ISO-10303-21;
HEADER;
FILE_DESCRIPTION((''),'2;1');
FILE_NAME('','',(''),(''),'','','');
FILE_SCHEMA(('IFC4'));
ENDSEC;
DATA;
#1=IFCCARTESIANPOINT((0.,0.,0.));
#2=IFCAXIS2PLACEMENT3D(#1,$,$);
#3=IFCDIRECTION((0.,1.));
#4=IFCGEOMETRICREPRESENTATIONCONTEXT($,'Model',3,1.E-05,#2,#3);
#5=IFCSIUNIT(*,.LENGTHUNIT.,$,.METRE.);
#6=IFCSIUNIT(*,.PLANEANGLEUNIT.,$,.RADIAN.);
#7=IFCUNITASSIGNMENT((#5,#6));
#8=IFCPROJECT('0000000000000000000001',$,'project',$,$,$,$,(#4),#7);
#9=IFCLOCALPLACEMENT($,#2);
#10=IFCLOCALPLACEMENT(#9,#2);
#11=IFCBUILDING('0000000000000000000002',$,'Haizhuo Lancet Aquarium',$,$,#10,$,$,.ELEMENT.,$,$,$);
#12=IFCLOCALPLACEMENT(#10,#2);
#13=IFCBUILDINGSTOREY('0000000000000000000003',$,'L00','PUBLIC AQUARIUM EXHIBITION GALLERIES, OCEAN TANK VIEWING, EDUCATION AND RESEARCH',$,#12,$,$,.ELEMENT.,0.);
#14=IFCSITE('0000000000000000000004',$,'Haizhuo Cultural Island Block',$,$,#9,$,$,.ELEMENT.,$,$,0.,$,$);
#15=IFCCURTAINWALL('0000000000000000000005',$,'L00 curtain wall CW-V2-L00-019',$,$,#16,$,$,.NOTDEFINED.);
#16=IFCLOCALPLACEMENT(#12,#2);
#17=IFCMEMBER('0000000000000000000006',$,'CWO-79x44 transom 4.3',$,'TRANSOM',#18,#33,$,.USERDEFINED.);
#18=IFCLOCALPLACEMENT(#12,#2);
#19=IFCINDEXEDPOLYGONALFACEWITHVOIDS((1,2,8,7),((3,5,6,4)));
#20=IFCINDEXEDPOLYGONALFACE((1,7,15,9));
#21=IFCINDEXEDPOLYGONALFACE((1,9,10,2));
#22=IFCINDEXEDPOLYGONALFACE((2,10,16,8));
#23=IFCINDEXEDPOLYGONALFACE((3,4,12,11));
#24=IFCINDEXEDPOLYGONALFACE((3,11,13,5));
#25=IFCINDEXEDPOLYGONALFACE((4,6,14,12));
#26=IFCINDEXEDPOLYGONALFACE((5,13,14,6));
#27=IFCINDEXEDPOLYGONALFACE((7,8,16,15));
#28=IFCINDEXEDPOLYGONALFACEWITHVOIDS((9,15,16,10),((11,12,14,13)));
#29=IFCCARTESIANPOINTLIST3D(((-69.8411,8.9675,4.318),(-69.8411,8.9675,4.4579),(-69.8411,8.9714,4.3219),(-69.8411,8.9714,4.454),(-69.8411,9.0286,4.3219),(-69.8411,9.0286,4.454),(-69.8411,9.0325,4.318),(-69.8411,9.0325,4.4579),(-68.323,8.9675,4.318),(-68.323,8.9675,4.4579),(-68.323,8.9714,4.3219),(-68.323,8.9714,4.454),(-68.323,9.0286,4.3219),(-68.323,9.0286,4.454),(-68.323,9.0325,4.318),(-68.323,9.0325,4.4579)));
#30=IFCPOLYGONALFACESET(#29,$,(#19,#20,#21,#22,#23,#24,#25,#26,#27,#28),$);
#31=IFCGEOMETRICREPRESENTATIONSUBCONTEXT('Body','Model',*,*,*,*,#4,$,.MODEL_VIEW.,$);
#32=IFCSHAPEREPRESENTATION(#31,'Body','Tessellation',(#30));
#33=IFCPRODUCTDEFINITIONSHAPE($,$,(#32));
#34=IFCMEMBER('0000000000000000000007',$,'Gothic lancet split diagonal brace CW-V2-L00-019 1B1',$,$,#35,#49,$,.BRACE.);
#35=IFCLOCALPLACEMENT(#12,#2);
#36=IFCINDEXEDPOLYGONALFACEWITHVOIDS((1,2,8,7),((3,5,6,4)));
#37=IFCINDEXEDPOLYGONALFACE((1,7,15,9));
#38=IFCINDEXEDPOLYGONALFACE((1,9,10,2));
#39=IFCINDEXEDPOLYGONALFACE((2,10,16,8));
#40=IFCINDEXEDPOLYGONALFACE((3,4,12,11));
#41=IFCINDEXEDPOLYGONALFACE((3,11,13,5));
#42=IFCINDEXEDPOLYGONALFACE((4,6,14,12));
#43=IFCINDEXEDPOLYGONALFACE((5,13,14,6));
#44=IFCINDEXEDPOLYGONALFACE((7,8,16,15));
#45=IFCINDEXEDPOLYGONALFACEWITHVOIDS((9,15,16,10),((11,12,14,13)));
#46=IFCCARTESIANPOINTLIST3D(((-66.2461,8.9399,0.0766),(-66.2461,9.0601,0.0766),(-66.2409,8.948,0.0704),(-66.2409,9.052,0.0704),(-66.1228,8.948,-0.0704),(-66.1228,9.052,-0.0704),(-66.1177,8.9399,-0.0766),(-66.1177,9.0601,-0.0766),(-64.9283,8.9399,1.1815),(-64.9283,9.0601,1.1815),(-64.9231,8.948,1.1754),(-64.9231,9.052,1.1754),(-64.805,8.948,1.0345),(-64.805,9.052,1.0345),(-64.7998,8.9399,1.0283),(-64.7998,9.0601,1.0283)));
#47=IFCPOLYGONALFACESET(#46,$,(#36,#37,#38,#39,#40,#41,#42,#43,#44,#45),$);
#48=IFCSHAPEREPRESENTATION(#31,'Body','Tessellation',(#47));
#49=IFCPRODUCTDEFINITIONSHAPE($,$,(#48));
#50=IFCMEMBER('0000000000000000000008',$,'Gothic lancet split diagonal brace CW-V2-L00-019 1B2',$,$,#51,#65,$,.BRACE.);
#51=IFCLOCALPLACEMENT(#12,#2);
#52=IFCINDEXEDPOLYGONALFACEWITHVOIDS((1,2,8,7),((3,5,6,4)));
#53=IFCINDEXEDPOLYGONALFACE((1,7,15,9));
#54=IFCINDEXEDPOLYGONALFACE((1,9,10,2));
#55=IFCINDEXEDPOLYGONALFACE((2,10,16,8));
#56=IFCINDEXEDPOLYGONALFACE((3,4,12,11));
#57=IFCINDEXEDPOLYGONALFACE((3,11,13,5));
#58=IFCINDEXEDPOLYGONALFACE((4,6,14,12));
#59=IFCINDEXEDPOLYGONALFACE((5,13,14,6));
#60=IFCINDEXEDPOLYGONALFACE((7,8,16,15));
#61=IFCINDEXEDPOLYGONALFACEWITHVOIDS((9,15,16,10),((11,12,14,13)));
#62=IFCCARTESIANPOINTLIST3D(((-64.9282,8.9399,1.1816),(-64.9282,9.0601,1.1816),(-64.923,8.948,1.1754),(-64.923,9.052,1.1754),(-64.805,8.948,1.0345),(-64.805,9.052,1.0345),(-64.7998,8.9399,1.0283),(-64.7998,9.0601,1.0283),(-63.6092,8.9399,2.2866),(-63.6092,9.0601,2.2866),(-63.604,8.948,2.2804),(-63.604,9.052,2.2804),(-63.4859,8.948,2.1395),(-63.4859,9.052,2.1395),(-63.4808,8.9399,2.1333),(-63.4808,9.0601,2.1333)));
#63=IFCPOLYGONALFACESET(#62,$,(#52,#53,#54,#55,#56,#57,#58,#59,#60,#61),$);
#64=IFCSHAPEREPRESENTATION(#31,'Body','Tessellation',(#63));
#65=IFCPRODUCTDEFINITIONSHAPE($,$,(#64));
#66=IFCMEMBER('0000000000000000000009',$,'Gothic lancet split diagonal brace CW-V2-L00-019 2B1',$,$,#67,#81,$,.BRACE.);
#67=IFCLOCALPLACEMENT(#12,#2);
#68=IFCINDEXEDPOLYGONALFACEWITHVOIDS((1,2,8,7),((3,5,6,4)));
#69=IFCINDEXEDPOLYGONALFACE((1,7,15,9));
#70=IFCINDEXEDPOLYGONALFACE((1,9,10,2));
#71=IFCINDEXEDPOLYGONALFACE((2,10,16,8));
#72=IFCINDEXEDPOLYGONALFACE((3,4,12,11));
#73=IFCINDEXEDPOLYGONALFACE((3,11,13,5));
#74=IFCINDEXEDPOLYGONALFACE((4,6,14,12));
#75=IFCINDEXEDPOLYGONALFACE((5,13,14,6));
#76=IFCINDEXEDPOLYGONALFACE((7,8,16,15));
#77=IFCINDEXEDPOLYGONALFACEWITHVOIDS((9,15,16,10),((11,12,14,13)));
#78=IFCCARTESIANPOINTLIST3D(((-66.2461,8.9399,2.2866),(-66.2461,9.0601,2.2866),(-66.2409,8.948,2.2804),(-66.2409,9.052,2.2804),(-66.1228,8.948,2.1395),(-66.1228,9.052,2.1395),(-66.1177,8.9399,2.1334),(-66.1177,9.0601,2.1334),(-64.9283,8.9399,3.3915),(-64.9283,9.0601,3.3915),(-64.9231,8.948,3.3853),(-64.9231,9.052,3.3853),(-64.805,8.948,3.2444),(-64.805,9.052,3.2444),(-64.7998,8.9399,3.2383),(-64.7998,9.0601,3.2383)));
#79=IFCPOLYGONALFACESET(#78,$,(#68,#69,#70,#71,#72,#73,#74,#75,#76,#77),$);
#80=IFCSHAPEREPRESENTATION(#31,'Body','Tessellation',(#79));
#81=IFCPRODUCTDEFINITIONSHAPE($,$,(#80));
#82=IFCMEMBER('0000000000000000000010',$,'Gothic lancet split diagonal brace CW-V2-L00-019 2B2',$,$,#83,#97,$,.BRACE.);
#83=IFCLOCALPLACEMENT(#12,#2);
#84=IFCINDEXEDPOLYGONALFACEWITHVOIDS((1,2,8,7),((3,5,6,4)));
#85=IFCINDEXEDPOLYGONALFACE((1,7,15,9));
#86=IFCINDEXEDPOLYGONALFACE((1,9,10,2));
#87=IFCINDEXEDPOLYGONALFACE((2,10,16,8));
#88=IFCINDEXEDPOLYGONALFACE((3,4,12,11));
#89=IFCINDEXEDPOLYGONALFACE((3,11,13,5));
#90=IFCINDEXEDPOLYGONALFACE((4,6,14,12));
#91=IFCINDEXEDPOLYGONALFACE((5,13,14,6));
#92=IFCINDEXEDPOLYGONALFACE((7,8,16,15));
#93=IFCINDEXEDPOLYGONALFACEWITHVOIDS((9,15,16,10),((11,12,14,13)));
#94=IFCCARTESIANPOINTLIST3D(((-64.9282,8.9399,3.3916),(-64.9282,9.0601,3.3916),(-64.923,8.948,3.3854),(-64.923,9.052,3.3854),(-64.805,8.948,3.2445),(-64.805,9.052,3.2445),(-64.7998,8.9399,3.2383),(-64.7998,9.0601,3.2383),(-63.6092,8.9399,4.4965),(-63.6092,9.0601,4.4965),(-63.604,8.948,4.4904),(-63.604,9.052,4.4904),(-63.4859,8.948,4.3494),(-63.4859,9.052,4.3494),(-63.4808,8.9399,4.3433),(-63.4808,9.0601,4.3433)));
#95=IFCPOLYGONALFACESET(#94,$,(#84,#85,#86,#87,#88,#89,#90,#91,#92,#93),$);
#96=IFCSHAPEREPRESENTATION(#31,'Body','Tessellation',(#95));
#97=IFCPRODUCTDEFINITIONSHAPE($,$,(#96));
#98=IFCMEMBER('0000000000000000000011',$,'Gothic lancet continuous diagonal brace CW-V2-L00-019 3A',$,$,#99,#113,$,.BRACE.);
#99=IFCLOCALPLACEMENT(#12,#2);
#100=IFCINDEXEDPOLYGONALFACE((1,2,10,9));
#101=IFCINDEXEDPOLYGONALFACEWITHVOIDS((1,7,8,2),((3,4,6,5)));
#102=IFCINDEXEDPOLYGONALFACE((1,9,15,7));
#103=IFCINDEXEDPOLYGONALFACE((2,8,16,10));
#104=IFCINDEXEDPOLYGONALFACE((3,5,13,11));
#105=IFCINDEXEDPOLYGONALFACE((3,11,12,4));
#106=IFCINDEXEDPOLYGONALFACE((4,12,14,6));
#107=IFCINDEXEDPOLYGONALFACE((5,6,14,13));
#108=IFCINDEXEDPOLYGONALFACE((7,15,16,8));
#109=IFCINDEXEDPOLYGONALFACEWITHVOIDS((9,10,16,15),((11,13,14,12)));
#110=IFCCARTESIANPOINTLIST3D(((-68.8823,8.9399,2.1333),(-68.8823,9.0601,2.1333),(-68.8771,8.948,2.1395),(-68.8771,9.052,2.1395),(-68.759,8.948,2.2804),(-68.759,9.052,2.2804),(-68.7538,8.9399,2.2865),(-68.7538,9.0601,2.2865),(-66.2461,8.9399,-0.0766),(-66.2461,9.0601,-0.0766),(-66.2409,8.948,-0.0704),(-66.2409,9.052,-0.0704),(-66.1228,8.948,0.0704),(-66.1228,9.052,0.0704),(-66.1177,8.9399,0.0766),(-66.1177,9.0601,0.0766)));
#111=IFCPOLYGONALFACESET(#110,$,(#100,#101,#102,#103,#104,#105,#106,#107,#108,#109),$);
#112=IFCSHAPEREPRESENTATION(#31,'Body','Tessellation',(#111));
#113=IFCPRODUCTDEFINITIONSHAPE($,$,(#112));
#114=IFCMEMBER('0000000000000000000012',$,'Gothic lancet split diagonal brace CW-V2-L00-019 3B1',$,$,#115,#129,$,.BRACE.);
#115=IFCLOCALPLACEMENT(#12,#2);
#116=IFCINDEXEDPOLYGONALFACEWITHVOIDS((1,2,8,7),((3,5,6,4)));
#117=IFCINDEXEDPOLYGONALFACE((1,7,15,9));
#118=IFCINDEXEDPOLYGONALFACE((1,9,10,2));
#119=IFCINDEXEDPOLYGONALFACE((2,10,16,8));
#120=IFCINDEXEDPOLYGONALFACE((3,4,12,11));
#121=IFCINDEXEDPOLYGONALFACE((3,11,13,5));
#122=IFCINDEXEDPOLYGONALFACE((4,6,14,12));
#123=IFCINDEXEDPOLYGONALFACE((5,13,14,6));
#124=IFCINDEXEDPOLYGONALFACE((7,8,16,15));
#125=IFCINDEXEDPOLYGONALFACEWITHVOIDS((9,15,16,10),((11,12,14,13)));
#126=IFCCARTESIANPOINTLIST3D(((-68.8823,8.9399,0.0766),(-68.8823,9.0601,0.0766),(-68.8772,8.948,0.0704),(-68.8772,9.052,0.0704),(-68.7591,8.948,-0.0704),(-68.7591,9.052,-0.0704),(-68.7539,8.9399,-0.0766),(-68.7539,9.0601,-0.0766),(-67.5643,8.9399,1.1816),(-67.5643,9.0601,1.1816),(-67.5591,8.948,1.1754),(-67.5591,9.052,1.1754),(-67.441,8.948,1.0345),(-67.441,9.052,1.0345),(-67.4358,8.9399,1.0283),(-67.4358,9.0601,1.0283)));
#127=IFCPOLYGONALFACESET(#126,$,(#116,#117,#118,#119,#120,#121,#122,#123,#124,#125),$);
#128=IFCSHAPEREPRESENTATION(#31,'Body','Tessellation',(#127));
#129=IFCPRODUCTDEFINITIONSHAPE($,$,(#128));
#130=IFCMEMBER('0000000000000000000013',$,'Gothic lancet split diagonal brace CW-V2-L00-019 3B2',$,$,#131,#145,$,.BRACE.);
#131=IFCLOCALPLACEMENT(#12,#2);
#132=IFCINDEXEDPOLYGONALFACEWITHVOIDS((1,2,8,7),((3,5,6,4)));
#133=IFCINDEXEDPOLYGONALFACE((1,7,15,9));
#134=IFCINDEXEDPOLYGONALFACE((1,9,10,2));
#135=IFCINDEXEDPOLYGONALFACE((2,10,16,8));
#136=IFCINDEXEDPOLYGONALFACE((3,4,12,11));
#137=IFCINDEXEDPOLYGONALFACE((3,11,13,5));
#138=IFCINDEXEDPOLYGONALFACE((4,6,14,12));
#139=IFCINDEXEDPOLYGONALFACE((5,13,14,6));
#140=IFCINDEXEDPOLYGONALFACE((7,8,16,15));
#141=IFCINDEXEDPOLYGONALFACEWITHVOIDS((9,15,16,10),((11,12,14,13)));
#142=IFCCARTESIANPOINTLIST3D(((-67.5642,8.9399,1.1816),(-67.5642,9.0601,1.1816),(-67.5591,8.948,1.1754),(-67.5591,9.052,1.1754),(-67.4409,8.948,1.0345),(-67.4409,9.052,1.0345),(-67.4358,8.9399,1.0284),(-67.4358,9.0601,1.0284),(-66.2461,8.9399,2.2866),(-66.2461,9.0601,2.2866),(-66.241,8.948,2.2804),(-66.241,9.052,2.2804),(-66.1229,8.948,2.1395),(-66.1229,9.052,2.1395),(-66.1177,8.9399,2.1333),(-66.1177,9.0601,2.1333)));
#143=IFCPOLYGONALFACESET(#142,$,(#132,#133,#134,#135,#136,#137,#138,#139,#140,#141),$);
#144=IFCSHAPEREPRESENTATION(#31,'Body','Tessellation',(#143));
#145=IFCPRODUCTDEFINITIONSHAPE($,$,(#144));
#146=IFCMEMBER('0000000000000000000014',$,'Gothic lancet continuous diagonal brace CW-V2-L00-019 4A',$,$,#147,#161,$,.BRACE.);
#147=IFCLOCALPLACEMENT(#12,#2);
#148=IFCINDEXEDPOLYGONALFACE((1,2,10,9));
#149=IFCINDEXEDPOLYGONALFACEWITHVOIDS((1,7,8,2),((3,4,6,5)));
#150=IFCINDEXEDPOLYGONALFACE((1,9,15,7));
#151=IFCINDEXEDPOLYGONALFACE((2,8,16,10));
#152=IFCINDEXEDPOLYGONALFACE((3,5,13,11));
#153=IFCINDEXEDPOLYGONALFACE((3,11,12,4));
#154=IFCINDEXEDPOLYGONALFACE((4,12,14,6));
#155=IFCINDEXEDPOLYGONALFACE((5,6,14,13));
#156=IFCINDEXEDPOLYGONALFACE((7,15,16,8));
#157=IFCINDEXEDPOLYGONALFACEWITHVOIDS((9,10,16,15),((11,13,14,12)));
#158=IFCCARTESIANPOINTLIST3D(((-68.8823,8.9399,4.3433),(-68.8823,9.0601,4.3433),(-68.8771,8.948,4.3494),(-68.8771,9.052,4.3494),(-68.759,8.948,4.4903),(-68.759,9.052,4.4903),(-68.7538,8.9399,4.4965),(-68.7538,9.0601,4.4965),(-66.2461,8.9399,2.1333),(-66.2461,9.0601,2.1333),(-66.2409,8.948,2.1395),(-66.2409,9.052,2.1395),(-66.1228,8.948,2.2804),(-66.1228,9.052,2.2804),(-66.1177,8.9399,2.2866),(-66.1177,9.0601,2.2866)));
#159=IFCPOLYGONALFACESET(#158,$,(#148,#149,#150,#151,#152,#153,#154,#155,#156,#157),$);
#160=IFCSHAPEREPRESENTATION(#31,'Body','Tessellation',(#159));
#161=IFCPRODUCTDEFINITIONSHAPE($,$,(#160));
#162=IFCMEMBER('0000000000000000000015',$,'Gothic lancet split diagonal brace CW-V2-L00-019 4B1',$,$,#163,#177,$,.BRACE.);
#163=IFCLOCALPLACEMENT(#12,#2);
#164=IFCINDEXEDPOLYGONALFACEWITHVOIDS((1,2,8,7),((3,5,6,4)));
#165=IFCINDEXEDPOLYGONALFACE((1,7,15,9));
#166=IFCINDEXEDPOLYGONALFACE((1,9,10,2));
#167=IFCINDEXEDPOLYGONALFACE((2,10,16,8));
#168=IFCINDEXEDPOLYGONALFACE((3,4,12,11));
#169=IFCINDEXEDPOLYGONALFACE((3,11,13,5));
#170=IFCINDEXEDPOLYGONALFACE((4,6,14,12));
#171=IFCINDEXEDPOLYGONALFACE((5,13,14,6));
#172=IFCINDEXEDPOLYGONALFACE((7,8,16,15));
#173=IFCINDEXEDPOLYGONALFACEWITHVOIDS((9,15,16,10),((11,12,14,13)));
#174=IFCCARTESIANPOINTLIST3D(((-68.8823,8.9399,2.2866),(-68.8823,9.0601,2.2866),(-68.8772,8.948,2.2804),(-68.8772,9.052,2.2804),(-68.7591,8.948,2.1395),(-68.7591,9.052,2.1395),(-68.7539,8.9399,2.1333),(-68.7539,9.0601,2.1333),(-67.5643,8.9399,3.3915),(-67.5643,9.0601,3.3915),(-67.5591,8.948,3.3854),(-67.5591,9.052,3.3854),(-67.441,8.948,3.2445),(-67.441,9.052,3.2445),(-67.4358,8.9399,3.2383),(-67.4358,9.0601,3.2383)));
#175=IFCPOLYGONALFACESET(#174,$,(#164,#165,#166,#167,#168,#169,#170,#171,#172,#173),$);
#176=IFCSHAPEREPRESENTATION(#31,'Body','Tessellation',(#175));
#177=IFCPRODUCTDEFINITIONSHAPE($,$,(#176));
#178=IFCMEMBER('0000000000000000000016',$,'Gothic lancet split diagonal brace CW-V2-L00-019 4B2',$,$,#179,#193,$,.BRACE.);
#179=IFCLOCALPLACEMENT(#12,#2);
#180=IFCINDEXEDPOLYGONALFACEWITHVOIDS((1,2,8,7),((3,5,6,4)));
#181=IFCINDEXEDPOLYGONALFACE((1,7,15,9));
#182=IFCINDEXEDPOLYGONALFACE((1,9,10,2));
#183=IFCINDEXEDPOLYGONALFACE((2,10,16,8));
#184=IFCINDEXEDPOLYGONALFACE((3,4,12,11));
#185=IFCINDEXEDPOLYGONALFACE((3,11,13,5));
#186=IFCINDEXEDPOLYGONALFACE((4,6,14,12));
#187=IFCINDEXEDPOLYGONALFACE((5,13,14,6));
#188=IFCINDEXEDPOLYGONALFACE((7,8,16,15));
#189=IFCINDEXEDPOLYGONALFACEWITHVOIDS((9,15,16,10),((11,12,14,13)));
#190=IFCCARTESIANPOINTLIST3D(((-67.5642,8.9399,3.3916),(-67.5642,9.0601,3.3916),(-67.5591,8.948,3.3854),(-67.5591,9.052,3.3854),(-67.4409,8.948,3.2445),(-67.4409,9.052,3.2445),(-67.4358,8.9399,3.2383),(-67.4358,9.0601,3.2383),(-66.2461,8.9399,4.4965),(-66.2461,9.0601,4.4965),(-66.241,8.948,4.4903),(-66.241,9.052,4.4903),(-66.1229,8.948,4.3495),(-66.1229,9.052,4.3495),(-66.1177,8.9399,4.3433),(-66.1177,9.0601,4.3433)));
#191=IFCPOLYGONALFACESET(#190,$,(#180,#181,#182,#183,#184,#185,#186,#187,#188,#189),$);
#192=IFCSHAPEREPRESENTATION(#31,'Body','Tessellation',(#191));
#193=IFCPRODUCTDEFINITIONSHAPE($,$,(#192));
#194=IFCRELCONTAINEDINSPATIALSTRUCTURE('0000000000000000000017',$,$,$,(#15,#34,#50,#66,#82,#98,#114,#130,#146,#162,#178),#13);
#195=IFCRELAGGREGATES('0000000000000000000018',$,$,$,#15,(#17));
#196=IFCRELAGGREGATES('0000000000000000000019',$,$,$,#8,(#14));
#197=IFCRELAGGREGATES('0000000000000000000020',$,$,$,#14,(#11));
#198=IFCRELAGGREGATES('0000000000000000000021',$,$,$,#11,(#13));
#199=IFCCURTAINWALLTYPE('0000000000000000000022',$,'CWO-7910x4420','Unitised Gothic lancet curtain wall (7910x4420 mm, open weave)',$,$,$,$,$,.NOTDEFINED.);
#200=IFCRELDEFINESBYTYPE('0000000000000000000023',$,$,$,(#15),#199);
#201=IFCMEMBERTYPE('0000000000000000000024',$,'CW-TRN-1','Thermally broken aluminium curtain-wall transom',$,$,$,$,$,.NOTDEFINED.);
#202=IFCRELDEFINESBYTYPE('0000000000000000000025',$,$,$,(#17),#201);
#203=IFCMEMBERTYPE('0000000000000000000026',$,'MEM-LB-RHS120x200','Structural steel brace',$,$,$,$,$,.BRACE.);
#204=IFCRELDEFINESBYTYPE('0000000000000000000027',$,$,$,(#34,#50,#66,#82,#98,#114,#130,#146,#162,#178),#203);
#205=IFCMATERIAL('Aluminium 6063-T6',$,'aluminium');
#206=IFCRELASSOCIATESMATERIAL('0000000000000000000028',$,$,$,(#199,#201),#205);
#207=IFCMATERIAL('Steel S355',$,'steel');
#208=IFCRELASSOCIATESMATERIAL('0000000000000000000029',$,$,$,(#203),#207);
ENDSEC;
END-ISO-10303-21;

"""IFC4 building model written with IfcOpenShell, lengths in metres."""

from ifc_helpers import new_model, si_unit, direction, frame, origin, origin_2d, place, context, subcontext, project, spatial, hollow_rectangle, extrude, material, material_profile, profile_set, type_object, element, aggregate, save


model = new_model("IFC4")

# Units and contexts
model_context = context("Model", 3, precision=1e-05, world=origin(), true_north=direction((0.0, 1.0)))
body_context = subcontext(model_context, "Body", "Model", "MODEL_VIEW")
ifc_project = project(units=[si_unit("LENGTHUNIT", "METRE"), si_unit("PLANEANGLEUNIT", "RADIAN")], contexts=[model_context])

# Site, building, storey
site_placement = place(None, origin())
site = spatial("IfcSite", under=ifc_project, at=site_placement, Name="Haizhuo Cultural Island Block", CompositionType="ELEMENT", RefElevation=0.0)
building_placement = place(site_placement, origin())
building = spatial("IfcBuilding", under=site, at=building_placement, Name="Haizhuo Lancet Aquarium", CompositionType="ELEMENT")
storey_placement = place(building_placement, origin())
storey = spatial("IfcBuildingStorey", under=building, at=storey_placement, Name="L00", Description="PUBLIC AQUARIUM EXHIBITION GALLERIES, OCEAN TANK VIEWING, EDUCATION AND RESEARCH", CompositionType="ELEMENT", Elevation=0.0)

# Curtain wall, member
ifc_material_1 = material(Name="Aluminium 6063-T6", Category="aluminium")
curtain_wall_type = type_object("IfcCurtainWallType", Name="CWO-7910x4420", Description="Unitised Gothic lancet curtain wall (7910x4420 mm, open weave)", PredefinedType="NOTDEFINED", material=ifc_material_1)
curtain_wall_placement = place(storey_placement, origin())
curtain_wall = element("IfcCurtainWall", 1, at=curtain_wall_placement, inside=storey, type_object=curtain_wall_type, Name="L00 curtain wall CW-V2-L00-019", PredefinedType="NOTDEFINED")
ifc_material_profile_1 = material_profile(ifc_material_1, hollow_rectangle(XDim=0.0649, YDim=0.1399, WallThickness=0.0039, at=origin_2d()), Name="ALU-T 65x140x4")
ifc_profile_set_1 = profile_set([ifc_material_profile_1], Name="Aluminium 6063-T6")
member_type_1 = type_object("IfcMemberType", Name="CW-TRN-1", Description="Thermally broken aluminium curtain-wall transom", PredefinedType="NOTDEFINED", material=ifc_profile_set_1)
member_1_placement = place(storey_placement, frame((-68.323, 9.0, 4.3879), z_axis=(-1.0, 0.0, 0.0), x_axis=(0.0, -1.0, 0.0)))
member_1 = element("IfcMember", 2, at=member_1_placement, type_object=member_type_1, Name="CWO-79x44 transom 4.3", ObjectType="TRANSOM", PredefinedType="USERDEFINED", context=body_context, shape_type="SweptSolid", body=[
    extrude(hollow_rectangle(XDim=0.0649, YDim=0.1399, WallThickness=0.0039, at=origin_2d()), origin(), (0.0, 0.0, 1.0), 1.5181),
])

# Members
ifc_material_2 = material(Name="Steel S355", Category="steel")
ifc_material_profile_2 = material_profile(ifc_material_2, hollow_rectangle(XDim=0.1201, YDim=0.2, WallThickness=0.0081, at=origin_2d()), Name="RHS 120x200x8")
ifc_profile_set_2 = profile_set([ifc_material_profile_2], Name="Steel S355")
member_type_2 = type_object("IfcMemberType", Name="MEM-LB-RHS120x200", Description="Structural steel brace", PredefinedType="BRACE", material=ifc_profile_set_2)
member_2_placement = place(storey_placement, frame((-66.1819, 9.0, 0.0), z_axis=(0.766286, 0.0, 0.642499), x_axis=(0.0, 1.0, 0.0)))
element("IfcMember", 3, at=member_2_placement, inside=storey, type_object=member_type_2, Name="Gothic lancet split diagonal brace CW-V2-L00-019 1B1", PredefinedType="BRACE", context=body_context, shape_type="SweptSolid", body=[
    extrude(hollow_rectangle(XDim=0.1201, YDim=0.2, WallThickness=0.0081, at=origin_2d()), origin(), (0.0, 0.0, 1.0), 1.7197),
])
member_3_placement = place(storey_placement, frame((-64.864, 9.0, 1.105), z_axis=(0.766579, 0.0, 0.64215), x_axis=(0.0, 1.0, 0.0)))
element("IfcMember", 4, at=member_3_placement, inside=storey, type_object=member_type_2, Name="Gothic lancet split diagonal brace CW-V2-L00-019 1B2", PredefinedType="BRACE", context=body_context, shape_type="SweptSolid", body=[
    extrude(hollow_rectangle(XDim=0.1201, YDim=0.2, WallThickness=0.0081, at=origin_2d()), origin(), (0.0, 0.0, 1.0), 1.7207),
])
member_4_placement = place(storey_placement, frame((-66.1819, 9.0, 2.21), z_axis=(0.766286, 0.0, 0.642499), x_axis=(0.0, 1.0, 0.0)))
element("IfcMember", 5, at=member_4_placement, inside=storey, type_object=member_type_2, Name="Gothic lancet split diagonal brace CW-V2-L00-019 2B1", PredefinedType="BRACE", context=body_context, shape_type="SweptSolid", body=[
    extrude(hollow_rectangle(XDim=0.1201, YDim=0.2, WallThickness=0.0081, at=origin_2d()), origin(), (0.0, 0.0, 1.0), 1.7197),
])
member_5_placement = place(storey_placement, frame((-64.864, 9.0, 3.3149), z_axis=(0.766579, 0.0, 0.64215), x_axis=(0.0, 1.0, 0.0)))
element("IfcMember", 6, at=member_5_placement, inside=storey, type_object=member_type_2, Name="Gothic lancet split diagonal brace CW-V2-L00-019 2B2", PredefinedType="BRACE", context=body_context, shape_type="SweptSolid", body=[
    extrude(hollow_rectangle(XDim=0.1201, YDim=0.2, WallThickness=0.0081, at=origin_2d()), origin(), (0.0, 0.0, 1.0), 1.7207),
])
member_6_placement = place(storey_placement, frame((-66.1819, 9.0, 0.0), z_axis=(-0.766345, 0.0, 0.642429), x_axis=(0.0, -1.0, 0.0)))
element("IfcMember", 7, at=member_6_placement, inside=storey, type_object=member_type_2, Name="Gothic lancet continuous diagonal brace CW-V2-L00-019 3A", PredefinedType="BRACE", context=body_context, shape_type="SweptSolid", body=[
    extrude(hollow_rectangle(XDim=0.1201, YDim=0.2, WallThickness=0.0081, at=origin_2d()), origin(), (0.0, 0.0, 1.0), 3.4399),
])
for number, where, z_axis, x_axis, name in (
    (8, (-68.8181, 9.0, 0.0), (0.766345, 0.0, 0.642429), (0.0, 1.0, 0.0), "Gothic lancet split diagonal brace CW-V2-L00-019 3B1"),
    (9, (-67.5, 9.0, 1.105), (0.766345, 0.0, 0.642429), (0.0, 1.0, 0.0), "Gothic lancet split diagonal brace CW-V2-L00-019 3B2"),
):
    element("IfcMember", number, at=place(storey_placement, frame(where, z_axis=z_axis, x_axis=x_axis)), inside=storey, type_object=member_type_2, Name=name, PredefinedType="BRACE", context=body_context, shape_type="SweptSolid", body=[
        extrude(hollow_rectangle(XDim=0.1201, YDim=0.2, WallThickness=0.0081, at=origin_2d()), origin(), (0.0, 0.0, 1.0), 1.72),
    ])
member_7_placement = place(storey_placement, frame((-66.1819, 9.0, 2.21), z_axis=(-0.766345, 0.0, 0.642429), x_axis=(0.0, -1.0, 0.0)))
element("IfcMember", 10, at=member_7_placement, inside=storey, type_object=member_type_2, Name="Gothic lancet continuous diagonal brace CW-V2-L00-019 4A", PredefinedType="BRACE", context=body_context, shape_type="SweptSolid", body=[
    extrude(hollow_rectangle(XDim=0.1201, YDim=0.2, WallThickness=0.0081, at=origin_2d()), origin(), (0.0, 0.0, 1.0), 3.4399),
])
for number, where, z_axis, x_axis, name in (
    (11, (-68.8181, 9.0, 2.21), (0.766345, 0.0, 0.642429), (0.0, 1.0, 0.0), "Gothic lancet split diagonal brace CW-V2-L00-019 4B1"),
    (12, (-67.5, 9.0, 3.3149), (0.766345, 0.0, 0.642429), (0.0, 1.0, 0.0), "Gothic lancet split diagonal brace CW-V2-L00-019 4B2"),
):
    element("IfcMember", number, at=place(storey_placement, frame(where, z_axis=z_axis, x_axis=x_axis)), inside=storey, type_object=member_type_2, Name=name, PredefinedType="BRACE", context=body_context, shape_type="SweptSolid", body=[
        extrude(hollow_rectangle(XDim=0.1201, YDim=0.2, WallThickness=0.0081, at=origin_2d()), origin(), (0.0, 0.0, 1.0), 1.72),
    ])

aggregate(curtain_wall, [member_1])

save(model, "model.ifc")
